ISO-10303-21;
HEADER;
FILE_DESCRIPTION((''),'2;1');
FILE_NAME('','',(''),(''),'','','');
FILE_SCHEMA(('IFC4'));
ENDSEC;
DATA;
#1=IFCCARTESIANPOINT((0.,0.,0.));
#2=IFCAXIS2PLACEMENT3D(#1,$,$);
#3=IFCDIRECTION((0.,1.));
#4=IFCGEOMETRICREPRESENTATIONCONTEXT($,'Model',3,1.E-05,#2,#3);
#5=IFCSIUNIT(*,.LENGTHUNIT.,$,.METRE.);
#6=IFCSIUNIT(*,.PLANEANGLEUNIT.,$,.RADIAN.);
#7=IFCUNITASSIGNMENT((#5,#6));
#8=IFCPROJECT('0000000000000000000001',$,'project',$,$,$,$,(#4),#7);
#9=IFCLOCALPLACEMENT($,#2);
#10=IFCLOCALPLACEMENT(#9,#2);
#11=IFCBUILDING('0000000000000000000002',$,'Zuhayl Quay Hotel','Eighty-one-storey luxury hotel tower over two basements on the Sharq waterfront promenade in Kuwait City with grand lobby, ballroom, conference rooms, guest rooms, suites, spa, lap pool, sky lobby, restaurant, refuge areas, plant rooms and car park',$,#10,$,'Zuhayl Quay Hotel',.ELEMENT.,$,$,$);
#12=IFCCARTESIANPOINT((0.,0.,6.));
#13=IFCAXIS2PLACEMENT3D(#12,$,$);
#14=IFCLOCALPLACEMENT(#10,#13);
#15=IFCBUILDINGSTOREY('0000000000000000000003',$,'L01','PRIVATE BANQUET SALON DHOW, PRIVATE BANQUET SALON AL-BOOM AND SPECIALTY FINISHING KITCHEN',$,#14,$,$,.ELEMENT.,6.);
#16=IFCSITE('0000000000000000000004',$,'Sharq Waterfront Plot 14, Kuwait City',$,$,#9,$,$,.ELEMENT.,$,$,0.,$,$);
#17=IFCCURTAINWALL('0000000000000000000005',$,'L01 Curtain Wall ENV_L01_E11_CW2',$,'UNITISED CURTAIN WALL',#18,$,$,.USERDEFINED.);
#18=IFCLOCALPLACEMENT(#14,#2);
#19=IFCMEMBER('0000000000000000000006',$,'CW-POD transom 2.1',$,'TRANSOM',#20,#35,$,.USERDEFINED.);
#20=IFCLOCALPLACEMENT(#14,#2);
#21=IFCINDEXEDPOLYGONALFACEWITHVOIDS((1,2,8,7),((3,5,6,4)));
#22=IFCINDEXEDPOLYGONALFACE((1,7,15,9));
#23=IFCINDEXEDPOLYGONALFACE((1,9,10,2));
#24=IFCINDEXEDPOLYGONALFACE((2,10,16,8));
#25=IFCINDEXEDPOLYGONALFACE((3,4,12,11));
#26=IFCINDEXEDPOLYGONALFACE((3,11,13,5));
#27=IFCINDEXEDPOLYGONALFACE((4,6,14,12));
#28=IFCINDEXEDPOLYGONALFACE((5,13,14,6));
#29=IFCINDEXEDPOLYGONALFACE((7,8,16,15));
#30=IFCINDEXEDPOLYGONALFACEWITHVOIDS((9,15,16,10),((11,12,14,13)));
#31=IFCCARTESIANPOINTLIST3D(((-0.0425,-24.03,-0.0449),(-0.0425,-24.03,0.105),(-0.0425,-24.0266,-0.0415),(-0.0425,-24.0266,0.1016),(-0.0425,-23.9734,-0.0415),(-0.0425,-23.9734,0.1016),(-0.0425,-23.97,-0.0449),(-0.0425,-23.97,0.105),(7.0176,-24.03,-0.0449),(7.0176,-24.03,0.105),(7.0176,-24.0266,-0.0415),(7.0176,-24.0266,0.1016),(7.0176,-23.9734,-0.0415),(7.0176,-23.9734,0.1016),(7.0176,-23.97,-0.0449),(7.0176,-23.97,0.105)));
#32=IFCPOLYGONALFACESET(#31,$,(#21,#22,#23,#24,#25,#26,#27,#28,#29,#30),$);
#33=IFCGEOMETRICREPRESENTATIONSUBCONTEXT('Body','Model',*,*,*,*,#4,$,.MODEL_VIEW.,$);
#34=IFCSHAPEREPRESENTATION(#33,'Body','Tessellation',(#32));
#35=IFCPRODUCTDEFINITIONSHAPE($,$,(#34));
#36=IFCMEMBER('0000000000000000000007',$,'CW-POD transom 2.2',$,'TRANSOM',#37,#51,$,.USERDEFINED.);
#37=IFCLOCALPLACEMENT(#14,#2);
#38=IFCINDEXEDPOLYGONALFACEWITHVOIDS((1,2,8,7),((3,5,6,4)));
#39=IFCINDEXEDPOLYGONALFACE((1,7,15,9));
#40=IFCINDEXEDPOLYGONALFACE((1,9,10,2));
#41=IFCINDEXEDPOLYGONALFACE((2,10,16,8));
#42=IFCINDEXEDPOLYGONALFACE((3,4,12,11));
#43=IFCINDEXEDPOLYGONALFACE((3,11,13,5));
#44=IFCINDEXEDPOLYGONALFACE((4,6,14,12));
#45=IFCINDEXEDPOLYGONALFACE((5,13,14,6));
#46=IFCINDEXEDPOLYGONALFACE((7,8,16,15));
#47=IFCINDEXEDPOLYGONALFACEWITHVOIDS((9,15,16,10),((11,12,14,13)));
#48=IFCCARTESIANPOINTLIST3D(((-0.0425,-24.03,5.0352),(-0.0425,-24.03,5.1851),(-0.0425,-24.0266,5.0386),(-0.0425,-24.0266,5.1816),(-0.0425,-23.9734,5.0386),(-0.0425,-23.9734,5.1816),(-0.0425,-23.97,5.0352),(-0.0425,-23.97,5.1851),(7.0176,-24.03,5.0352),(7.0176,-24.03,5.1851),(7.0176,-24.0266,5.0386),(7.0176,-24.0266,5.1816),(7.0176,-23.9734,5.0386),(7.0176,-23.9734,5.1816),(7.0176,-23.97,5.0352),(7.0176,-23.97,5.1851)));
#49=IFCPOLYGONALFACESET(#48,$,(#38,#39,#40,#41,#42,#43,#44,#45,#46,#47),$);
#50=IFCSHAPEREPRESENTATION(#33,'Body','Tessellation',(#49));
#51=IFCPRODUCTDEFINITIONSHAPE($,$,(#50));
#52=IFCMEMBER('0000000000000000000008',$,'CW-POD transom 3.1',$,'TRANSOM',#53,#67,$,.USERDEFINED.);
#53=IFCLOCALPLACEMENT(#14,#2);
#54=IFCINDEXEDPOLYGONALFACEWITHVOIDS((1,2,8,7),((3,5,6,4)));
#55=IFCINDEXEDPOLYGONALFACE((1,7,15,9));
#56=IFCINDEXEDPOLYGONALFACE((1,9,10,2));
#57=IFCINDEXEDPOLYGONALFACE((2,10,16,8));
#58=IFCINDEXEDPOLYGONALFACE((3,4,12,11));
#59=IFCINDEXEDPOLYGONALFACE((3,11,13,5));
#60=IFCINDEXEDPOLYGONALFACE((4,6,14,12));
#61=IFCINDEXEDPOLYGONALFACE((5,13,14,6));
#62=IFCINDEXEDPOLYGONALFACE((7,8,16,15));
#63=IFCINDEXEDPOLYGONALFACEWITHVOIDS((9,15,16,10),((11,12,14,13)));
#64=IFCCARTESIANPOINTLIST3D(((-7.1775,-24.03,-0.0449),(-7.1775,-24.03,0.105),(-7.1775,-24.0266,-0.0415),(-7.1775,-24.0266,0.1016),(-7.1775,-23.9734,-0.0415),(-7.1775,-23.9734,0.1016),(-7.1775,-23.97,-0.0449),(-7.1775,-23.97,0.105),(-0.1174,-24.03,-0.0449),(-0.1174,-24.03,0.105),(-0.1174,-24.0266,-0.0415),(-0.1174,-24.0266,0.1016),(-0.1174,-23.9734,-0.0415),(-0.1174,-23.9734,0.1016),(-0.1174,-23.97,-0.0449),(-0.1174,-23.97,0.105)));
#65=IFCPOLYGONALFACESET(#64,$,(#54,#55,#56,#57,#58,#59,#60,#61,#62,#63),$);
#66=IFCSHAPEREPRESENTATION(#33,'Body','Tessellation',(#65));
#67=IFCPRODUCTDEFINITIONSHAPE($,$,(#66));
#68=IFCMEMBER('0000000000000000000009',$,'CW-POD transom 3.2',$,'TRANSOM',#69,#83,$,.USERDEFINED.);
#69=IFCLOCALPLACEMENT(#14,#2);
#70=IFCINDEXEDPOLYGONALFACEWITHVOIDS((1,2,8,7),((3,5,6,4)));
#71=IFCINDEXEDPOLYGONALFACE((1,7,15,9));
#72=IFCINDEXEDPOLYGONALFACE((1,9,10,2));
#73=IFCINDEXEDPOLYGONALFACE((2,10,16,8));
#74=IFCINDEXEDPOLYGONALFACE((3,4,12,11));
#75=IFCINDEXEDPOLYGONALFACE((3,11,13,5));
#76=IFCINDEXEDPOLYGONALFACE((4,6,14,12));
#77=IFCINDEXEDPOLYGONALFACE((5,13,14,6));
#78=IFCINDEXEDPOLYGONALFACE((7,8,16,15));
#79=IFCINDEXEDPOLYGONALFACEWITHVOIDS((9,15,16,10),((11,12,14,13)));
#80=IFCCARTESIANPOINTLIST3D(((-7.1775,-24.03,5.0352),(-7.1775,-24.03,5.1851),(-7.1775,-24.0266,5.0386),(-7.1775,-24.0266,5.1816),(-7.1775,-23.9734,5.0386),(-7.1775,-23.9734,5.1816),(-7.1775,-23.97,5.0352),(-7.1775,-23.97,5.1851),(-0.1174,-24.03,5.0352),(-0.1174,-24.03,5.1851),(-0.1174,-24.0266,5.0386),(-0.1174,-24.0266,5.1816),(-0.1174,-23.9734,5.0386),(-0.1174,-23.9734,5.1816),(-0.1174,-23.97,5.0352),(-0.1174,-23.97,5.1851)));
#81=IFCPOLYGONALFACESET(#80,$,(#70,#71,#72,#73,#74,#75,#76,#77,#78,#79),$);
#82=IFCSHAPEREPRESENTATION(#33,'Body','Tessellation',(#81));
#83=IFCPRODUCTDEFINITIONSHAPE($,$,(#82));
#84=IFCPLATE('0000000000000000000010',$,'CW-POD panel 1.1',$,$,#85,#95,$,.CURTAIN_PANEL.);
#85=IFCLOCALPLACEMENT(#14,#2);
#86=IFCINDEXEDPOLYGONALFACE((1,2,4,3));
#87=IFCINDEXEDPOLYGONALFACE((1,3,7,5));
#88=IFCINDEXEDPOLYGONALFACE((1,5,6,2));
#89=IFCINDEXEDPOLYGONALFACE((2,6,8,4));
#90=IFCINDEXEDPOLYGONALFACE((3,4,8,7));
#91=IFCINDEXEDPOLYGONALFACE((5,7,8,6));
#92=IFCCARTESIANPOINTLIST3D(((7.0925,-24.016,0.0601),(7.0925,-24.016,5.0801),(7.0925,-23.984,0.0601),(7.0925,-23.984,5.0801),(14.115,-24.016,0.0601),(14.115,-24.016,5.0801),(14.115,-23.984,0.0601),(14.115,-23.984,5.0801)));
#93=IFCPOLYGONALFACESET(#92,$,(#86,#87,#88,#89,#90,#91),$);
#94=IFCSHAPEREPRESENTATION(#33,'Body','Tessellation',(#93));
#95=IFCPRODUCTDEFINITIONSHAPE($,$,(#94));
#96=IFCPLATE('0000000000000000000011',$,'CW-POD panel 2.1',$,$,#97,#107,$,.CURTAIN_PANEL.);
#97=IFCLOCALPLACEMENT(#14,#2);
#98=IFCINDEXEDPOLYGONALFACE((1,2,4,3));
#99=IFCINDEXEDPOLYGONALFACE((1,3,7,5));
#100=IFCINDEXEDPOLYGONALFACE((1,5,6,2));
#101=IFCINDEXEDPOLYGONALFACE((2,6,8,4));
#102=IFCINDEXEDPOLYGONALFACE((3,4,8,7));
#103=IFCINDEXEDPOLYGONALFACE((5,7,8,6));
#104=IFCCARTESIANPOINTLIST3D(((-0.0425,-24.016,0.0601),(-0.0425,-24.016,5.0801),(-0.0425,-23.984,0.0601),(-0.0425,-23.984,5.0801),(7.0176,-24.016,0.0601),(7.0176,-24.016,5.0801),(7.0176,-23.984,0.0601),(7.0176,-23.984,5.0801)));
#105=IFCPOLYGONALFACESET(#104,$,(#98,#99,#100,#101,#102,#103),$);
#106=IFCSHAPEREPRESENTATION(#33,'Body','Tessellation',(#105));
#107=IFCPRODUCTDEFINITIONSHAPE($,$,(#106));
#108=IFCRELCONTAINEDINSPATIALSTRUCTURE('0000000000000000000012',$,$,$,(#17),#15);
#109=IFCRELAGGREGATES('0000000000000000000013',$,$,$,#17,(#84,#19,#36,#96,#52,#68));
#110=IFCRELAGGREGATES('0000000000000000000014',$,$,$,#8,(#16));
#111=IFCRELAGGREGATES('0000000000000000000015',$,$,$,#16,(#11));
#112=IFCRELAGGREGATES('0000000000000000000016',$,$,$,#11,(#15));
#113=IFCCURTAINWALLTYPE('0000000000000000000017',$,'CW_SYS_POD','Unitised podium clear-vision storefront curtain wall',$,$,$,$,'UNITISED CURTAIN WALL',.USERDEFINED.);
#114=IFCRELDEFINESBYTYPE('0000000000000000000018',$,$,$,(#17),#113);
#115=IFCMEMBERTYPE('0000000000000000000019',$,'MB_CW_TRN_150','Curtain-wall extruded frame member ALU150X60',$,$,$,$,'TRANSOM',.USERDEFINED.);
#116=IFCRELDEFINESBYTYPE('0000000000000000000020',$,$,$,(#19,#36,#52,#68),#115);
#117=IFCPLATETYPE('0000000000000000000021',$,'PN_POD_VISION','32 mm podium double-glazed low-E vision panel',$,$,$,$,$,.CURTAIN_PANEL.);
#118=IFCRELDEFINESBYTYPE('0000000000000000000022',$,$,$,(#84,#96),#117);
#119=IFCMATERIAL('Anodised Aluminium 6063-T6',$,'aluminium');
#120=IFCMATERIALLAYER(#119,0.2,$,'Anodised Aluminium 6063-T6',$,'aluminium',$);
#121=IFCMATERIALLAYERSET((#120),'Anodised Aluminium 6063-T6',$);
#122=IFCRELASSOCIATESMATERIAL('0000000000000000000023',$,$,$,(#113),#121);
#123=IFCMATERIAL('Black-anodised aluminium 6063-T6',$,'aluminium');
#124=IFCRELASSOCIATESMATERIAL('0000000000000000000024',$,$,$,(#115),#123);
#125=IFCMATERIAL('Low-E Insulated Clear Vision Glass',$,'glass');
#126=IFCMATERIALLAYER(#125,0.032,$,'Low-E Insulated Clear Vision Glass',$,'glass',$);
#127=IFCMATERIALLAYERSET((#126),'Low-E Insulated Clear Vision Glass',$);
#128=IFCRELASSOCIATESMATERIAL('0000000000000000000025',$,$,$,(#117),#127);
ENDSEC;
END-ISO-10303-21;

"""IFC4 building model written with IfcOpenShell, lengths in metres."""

from ifc_helpers import new_model, si_unit, direction, frame, origin, origin_2d, place, context, subcontext, project, spatial, rectangle, hollow_rectangle, extrude, material, layer, layer_set, material_profile, profile_set, type_object, element, aggregate, save


model = new_model("IFC4")

# Units and contexts
model_context = context("Model", 3, precision=1e-05, world=origin(), true_north=direction((0.0, 1.0)))
body_context = subcontext(model_context, "Body", "Model", "MODEL_VIEW")
ifc_project = project(units=[si_unit("LENGTHUNIT", "METRE"), si_unit("PLANEANGLEUNIT", "RADIAN")], contexts=[model_context])

# Site, building, storey
site_placement = place(None, origin())
site = spatial("IfcSite", under=ifc_project, at=site_placement, Name="Sharq Waterfront Plot 14, Kuwait City", CompositionType="ELEMENT", RefElevation=0.0)
building_placement = place(site_placement, origin())
building = spatial("IfcBuilding", under=site, at=building_placement, Name="Zuhayl Quay Hotel", Description="Eighty-one-storey luxury hotel tower over two basements on the Sharq waterfront promenade in Kuwait City with grand lobby, ballroom, conference rooms, guest rooms, suites, spa, lap pool, sky lobby, restaurant, refuge areas, plant rooms and car park", LongName="Zuhayl Quay Hotel", CompositionType="ELEMENT")
storey_placement = place(building_placement, frame((0.0, 0.0, 6.0)))
storey = spatial("IfcBuildingStorey", under=building, at=storey_placement, Name="L01", Description="PRIVATE BANQUET SALON DHOW, PRIVATE BANQUET SALON AL-BOOM AND SPECIALTY FINISHING KITCHEN", CompositionType="ELEMENT", Elevation=6.0)

# Curtain wall, members, plates
ifc_material_1 = material(Name="Anodised Aluminium 6063-T6", Category="aluminium")
ifc_layer_1 = layer(ifc_material_1, 0.2, Name="Anodised Aluminium 6063-T6", Category="aluminium")
ifc_layer_set_1 = layer_set([ifc_layer_1], Name="Anodised Aluminium 6063-T6")
curtain_wall_type = type_object("IfcCurtainWallType", Name="CW_SYS_POD", Description="Unitised podium clear-vision storefront curtain wall", ElementType="UNITISED CURTAIN WALL", PredefinedType="USERDEFINED", material=ifc_layer_set_1)
curtain_wall_placement = place(storey_placement, origin())
curtain_wall = element("IfcCurtainWall", 1, at=curtain_wall_placement, inside=storey, type_object=curtain_wall_type, Name="L01 Curtain Wall ENV_L01_E11_CW2", ObjectType="UNITISED CURTAIN WALL", PredefinedType="USERDEFINED")
ifc_material_2 = material(Name="Black-anodised aluminium 6063-T6", Category="aluminium")
ifc_material_profile_1 = material_profile(ifc_material_2, hollow_rectangle(XDim=0.0601, YDim=0.1499, WallThickness=0.0034, at=origin_2d()), Name="ALU150X60")
ifc_profile_set_1 = profile_set([ifc_material_profile_1], Name="Black-anodised aluminium 6063-T6")
member_type_1 = type_object("IfcMemberType", Name="MB_CW_TRN_150", Description="Curtain-wall extruded frame member ALU150X60", ElementType="TRANSOM", PredefinedType="USERDEFINED", material=ifc_profile_set_1)
member_1_placement = place(storey_placement, frame((7.0176, -24.0, 0.03), z_axis=(-1.0, 0.0, 0.0), x_axis=(0.0, -1.0, 0.0)))
member_1 = element("IfcMember", 2, at=member_1_placement, type_object=member_type_1, Name="CW-POD transom 2.1", ObjectType="TRANSOM", PredefinedType="USERDEFINED", context=body_context, shape_type="SweptSolid", body=[
    extrude(hollow_rectangle(XDim=0.0601, YDim=0.1499, WallThickness=0.0034, at=origin_2d()), origin(), (0.0, 0.0, 1.0), 7.0601),
])
member_2_placement = place(storey_placement, frame((7.0176, -24.0, 5.1101), z_axis=(-1.0, 0.0, 0.0), x_axis=(0.0, -1.0, 0.0)))
member_2 = element("IfcMember", 3, at=member_2_placement, type_object=member_type_1, Name="CW-POD transom 2.2", ObjectType="TRANSOM", PredefinedType="USERDEFINED", context=body_context, shape_type="SweptSolid", body=[
    extrude(hollow_rectangle(XDim=0.0601, YDim=0.1499, WallThickness=0.0034, at=origin_2d()), origin(), (0.0, 0.0, 1.0), 7.0601),
])
member_3_placement = place(storey_placement, frame((-0.1174, -24.0, 0.03), z_axis=(-1.0, 0.0, 0.0), x_axis=(0.0, -1.0, 0.0)))
member_3 = element("IfcMember", 4, at=member_3_placement, type_object=member_type_1, Name="CW-POD transom 3.1", ObjectType="TRANSOM", PredefinedType="USERDEFINED", context=body_context, shape_type="SweptSolid", body=[
    extrude(hollow_rectangle(XDim=0.0601, YDim=0.1499, WallThickness=0.0034, at=origin_2d()), origin(), (0.0, 0.0, 1.0), 7.0601),
])
member_4_placement = place(storey_placement, frame((-0.1174, -24.0, 5.1101), z_axis=(-1.0, 0.0, 0.0), x_axis=(0.0, -1.0, 0.0)))
member_4 = element("IfcMember", 5, at=member_4_placement, type_object=member_type_1, Name="CW-POD transom 3.2", ObjectType="TRANSOM", PredefinedType="USERDEFINED", context=body_context, shape_type="SweptSolid", body=[
    extrude(hollow_rectangle(XDim=0.0601, YDim=0.1499, WallThickness=0.0034, at=origin_2d()), origin(), (0.0, 0.0, 1.0), 7.0601),
])
ifc_material_3 = material(Name="Low-E Insulated Clear Vision Glass", Category="glass")
ifc_layer_2 = layer(ifc_material_3, 0.032, Name="Low-E Insulated Clear Vision Glass", Category="glass")
ifc_layer_set_2 = layer_set([ifc_layer_2], Name="Low-E Insulated Clear Vision Glass")
plate_type = type_object("IfcPlateType", Name="PN_POD_VISION", Description="32 mm podium double-glazed low-E vision panel", PredefinedType="CURTAIN_PANEL", material=ifc_layer_set_2)
plate_1_placement = place(storey_placement, frame((10.6038, -24.0, 0.0601), z_axis=(0.0, 0.0, 1.0), x_axis=(-1.0, 0.0, 0.0)))
plate_1 = element("IfcPlate", 6, at=plate_1_placement, type_object=plate_type, Name="CW-POD panel 1.1", PredefinedType="CURTAIN_PANEL", context=body_context, shape_type="SweptSolid", body=[
    extrude(rectangle(XDim=7.0225, YDim=0.032, at=origin_2d()), origin(), (0.0, 0.0, 1.0), 5.02),
])
plate_2_placement = place(storey_placement, frame((3.4875, -24.0, 0.0601), z_axis=(0.0, 0.0, 1.0), x_axis=(-1.0, 0.0, 0.0)))
plate_2 = element("IfcPlate", 7, at=plate_2_placement, type_object=plate_type, Name="CW-POD panel 2.1", PredefinedType="CURTAIN_PANEL", context=body_context, shape_type="SweptSolid", body=[
    extrude(rectangle(XDim=7.0601, YDim=0.032, at=origin_2d()), origin(), (0.0, 0.0, 1.0), 5.02),
])
aggregate(curtain_wall, [plate_1, member_1, member_2, plate_2, member_3, member_4])

save(model, "model.ifc")
